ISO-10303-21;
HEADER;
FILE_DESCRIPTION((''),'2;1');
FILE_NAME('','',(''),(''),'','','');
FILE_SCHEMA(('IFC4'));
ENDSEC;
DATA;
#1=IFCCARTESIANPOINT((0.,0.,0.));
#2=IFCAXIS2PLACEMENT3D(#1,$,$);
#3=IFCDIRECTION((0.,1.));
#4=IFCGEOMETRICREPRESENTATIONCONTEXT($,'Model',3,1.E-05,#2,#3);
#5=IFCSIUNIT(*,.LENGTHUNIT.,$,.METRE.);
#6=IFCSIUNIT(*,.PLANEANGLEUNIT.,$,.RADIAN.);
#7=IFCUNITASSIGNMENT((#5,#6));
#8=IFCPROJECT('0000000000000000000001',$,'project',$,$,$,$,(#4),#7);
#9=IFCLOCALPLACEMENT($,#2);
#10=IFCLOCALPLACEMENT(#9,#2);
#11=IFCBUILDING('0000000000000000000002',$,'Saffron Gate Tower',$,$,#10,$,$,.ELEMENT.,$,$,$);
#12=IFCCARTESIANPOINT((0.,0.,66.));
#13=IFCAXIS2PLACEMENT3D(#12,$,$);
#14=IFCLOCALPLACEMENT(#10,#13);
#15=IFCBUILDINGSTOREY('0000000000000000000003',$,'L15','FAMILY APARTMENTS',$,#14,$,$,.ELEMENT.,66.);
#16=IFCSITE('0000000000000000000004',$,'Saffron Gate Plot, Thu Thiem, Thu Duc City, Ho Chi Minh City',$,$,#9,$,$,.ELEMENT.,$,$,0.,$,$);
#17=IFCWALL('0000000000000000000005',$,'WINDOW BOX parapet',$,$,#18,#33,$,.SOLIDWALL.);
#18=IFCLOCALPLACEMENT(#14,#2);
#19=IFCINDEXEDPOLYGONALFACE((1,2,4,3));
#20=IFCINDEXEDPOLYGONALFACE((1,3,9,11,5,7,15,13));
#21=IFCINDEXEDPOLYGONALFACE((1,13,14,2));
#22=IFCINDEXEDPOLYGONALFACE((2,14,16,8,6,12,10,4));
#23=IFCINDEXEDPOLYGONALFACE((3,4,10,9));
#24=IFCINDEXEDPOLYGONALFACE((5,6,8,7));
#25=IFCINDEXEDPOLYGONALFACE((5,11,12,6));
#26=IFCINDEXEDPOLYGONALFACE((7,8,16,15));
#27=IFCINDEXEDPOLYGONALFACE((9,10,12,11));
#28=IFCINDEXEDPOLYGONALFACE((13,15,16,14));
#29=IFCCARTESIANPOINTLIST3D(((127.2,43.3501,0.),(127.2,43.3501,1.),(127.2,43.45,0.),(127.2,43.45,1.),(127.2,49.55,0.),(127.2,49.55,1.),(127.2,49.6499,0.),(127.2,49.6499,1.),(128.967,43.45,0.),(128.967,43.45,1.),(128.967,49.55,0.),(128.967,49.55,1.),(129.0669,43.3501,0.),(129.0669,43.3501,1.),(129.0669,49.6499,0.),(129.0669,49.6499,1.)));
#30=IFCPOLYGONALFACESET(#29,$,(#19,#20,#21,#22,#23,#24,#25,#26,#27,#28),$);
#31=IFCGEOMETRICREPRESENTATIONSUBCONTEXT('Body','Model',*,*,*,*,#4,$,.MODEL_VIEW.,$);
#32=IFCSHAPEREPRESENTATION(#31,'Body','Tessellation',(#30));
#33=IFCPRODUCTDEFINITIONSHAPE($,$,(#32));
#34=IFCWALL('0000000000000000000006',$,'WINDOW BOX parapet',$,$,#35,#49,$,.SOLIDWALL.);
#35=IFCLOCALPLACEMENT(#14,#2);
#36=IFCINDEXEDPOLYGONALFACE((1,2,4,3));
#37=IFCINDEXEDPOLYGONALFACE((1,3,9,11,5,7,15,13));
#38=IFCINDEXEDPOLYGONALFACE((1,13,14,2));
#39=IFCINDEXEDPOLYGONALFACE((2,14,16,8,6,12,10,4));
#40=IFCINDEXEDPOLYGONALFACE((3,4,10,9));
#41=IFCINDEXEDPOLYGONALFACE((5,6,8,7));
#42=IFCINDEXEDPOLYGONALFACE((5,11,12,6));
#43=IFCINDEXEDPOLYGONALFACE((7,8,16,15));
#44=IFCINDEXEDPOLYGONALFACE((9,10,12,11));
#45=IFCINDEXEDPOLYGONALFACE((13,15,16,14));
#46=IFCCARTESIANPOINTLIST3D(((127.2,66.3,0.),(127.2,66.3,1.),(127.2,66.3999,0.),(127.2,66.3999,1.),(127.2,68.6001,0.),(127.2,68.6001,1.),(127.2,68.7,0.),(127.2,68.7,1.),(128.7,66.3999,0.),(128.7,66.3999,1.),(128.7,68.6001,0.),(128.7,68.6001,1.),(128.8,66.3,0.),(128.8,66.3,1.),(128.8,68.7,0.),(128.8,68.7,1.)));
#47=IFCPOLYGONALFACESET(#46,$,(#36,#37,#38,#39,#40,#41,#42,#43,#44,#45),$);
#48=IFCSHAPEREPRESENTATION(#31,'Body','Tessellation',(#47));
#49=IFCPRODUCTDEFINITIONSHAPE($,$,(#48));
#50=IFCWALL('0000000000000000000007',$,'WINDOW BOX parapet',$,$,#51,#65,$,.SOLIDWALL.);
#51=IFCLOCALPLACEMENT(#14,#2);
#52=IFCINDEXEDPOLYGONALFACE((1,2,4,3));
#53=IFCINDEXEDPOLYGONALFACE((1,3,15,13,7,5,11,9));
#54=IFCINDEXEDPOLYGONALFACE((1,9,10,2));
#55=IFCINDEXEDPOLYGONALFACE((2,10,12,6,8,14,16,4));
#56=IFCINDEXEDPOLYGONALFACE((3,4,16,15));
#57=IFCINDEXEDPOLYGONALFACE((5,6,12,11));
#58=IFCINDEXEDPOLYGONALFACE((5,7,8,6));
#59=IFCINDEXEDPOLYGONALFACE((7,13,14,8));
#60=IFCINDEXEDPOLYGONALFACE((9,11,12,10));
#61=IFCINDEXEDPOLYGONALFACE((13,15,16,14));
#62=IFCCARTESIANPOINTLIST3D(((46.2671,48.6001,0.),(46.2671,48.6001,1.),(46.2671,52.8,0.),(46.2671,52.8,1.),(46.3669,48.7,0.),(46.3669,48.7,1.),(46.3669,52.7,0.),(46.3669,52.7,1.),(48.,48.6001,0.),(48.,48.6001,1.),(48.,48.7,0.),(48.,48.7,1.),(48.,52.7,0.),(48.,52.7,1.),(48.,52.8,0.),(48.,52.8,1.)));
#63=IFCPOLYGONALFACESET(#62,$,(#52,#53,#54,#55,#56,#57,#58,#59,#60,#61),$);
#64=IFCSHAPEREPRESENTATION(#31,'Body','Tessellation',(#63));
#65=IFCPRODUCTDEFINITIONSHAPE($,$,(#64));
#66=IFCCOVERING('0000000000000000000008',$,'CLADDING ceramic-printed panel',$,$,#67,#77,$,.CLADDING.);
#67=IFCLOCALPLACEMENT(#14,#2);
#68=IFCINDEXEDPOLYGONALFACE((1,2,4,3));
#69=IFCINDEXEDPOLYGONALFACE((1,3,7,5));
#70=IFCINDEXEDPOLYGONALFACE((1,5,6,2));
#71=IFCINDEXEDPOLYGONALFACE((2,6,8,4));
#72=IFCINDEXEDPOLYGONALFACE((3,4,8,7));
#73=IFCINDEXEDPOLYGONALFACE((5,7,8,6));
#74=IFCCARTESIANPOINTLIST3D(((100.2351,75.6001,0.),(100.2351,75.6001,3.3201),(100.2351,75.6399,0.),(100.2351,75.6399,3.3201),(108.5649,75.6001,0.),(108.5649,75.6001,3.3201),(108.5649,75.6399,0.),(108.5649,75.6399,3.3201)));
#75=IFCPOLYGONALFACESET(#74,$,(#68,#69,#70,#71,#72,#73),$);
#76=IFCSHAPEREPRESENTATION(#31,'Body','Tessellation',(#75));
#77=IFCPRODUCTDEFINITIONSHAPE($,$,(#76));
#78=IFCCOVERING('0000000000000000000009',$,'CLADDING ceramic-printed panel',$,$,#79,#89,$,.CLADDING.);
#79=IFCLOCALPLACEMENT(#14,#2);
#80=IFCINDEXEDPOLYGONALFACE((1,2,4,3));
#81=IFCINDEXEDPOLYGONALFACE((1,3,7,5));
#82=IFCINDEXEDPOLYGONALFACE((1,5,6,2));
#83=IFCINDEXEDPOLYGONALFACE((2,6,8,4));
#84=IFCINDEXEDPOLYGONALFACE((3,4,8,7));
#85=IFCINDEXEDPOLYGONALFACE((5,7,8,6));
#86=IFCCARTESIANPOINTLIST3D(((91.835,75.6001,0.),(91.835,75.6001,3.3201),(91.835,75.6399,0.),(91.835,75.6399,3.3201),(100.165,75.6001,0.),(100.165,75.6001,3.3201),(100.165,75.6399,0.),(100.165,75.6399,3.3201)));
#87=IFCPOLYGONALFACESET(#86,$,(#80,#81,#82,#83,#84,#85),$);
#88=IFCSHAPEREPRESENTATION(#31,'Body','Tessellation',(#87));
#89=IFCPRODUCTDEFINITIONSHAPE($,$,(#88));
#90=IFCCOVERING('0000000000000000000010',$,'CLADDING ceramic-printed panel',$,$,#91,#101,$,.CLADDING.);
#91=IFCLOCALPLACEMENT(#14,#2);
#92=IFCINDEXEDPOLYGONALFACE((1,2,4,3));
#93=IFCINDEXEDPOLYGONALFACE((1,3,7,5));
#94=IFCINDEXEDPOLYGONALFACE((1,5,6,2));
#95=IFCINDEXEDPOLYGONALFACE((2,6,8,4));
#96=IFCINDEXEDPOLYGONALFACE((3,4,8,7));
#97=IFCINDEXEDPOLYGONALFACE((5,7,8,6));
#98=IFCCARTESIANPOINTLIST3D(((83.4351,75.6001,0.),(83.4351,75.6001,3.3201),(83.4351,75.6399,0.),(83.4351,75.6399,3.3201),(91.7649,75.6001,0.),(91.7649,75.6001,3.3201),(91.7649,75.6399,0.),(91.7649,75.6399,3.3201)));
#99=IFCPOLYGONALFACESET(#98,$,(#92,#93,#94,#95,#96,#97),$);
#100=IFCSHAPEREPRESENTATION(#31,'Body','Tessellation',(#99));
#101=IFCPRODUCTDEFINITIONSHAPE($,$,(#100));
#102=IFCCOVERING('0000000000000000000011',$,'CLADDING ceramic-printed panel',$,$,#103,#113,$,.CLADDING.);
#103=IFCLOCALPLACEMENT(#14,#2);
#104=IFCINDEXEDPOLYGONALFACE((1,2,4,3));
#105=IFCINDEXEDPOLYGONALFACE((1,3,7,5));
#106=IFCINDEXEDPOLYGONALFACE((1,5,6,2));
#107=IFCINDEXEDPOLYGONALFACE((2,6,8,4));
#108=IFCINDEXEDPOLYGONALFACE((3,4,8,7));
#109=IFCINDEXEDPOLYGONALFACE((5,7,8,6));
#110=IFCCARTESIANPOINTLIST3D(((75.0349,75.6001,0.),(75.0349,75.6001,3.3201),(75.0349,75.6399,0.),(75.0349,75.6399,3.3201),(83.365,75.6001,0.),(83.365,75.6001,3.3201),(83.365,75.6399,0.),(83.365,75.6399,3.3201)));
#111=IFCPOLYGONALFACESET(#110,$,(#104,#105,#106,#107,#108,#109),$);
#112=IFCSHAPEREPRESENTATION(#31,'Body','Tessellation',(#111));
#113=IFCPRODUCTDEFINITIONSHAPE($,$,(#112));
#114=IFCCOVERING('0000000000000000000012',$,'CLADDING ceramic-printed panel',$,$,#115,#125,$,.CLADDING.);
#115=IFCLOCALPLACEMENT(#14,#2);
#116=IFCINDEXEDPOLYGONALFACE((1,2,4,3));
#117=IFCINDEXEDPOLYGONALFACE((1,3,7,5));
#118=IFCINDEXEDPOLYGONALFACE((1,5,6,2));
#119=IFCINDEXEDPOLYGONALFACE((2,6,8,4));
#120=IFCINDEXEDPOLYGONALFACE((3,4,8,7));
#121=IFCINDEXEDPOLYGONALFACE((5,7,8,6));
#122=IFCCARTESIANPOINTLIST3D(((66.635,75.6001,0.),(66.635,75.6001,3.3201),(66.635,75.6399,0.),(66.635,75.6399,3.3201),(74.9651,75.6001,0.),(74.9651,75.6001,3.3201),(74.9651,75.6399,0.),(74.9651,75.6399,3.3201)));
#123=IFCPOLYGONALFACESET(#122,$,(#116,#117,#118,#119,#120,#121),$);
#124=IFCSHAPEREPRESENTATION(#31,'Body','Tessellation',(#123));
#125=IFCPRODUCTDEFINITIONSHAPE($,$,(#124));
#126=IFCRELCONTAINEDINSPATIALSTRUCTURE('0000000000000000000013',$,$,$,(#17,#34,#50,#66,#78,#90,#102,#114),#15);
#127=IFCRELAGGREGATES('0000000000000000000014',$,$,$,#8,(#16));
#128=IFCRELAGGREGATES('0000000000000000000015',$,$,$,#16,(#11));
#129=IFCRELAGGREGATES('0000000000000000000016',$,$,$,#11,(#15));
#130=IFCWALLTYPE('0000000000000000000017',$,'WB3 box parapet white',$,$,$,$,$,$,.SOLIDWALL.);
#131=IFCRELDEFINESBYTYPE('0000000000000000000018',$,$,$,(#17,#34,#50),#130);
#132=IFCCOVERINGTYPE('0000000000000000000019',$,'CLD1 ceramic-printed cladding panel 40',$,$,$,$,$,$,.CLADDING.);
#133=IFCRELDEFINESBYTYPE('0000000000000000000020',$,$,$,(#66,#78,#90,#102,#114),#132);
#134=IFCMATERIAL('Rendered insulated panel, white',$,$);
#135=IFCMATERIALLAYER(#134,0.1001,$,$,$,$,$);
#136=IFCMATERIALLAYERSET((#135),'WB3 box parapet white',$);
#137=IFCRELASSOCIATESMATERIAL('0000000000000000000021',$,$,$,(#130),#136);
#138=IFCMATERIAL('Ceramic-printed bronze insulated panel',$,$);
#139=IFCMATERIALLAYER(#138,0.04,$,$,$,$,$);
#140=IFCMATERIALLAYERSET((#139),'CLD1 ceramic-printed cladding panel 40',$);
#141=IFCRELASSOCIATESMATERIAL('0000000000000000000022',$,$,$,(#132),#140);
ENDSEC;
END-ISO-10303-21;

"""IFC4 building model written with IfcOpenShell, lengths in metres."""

from ifc_helpers import new_model, si_unit, direction, frame, origin, place, context, subcontext, project, spatial, polyline, outline, extrude, material, layer, layer_set, type_object, element, save


model = new_model("IFC4")

# Units and contexts
model_context = context("Model", 3, precision=1e-05, world=origin(), true_north=direction((0.0, 1.0)))
body_context = subcontext(model_context, "Body", "Model", "MODEL_VIEW")
ifc_project = project(units=[si_unit("LENGTHUNIT", "METRE"), si_unit("PLANEANGLEUNIT", "RADIAN")], contexts=[model_context])

# Site, building, storey
site_placement = place(None, origin())
site = spatial("IfcSite", under=ifc_project, at=site_placement, Name="Saffron Gate Plot, Thu Thiem, Thu Duc City, Ho Chi Minh City", CompositionType="ELEMENT", RefElevation=0.0)
building_placement = place(site_placement, origin())
building = spatial("IfcBuilding", under=site, at=building_placement, Name="Saffron Gate Tower", CompositionType="ELEMENT")
storey_placement = place(building_placement, frame((0.0, 0.0, 66.0)))
storey = spatial("IfcBuildingStorey", under=building, at=storey_placement, Name="L15", Description="FAMILY APARTMENTS", CompositionType="ELEMENT", Elevation=66.0)

# Walls
ifc_material_1 = material(Name="Rendered insulated panel, white")
ifc_layer_1 = layer(ifc_material_1, 0.1001)
ifc_layer_set_1 = layer_set([ifc_layer_1], Name="WB3 box parapet white")
wall_type = type_object("IfcWallType", Name="WB3 box parapet white", PredefinedType="SOLIDWALL", material=ifc_layer_set_1)
wall_1_placement = place(storey_placement, origin())
element("IfcWall", 1, at=wall_1_placement, inside=storey, type_object=wall_type, Name="WINDOW BOX parapet", PredefinedType="SOLIDWALL", context=body_context, shape_type="SweptSolid", body=[
    extrude(outline(polyline([(127.2, 43.3501), (127.2, 43.45), (128.967, 43.45), (128.967, 49.55), (127.2, 49.55), (127.2, 49.6499), (129.0669, 49.6499), (129.0669, 43.3501), (127.2, 43.3501)])), origin(), (0.0, 0.0, 1.0), 1.0),
])
wall_2_placement = place(storey_placement, origin())
element("IfcWall", 2, at=wall_2_placement, inside=storey, type_object=wall_type, Name="WINDOW BOX parapet", PredefinedType="SOLIDWALL", context=body_context, shape_type="SweptSolid", body=[
    extrude(outline(polyline([(127.2, 66.3), (127.2, 66.3999), (128.7, 66.3999), (128.7, 68.6001), (127.2, 68.6001), (127.2, 68.7), (128.8, 68.7), (128.8, 66.3), (127.2, 66.3)])), origin(), (0.0, 0.0, 1.0), 1.0),
])
wall_3_placement = place(storey_placement, origin())
element("IfcWall", 3, at=wall_3_placement, inside=storey, type_object=wall_type, Name="WINDOW BOX parapet", PredefinedType="SOLIDWALL", context=body_context, shape_type="SweptSolid", body=[
    extrude(outline(polyline([(48.0, 52.8), (48.0, 52.7), (46.3669, 52.7), (46.3669, 48.7), (48.0, 48.7), (48.0, 48.6001), (46.2671, 48.6001), (46.2671, 52.8), (48.0, 52.8)])), origin(), (0.0, 0.0, 1.0), 1.0),
])

# Coverings
ifc_material_2 = material(Name="Ceramic-printed bronze insulated panel")
ifc_layer_2 = layer(ifc_material_2, 0.04)
ifc_layer_set_2 = layer_set([ifc_layer_2], Name="CLD1 ceramic-printed cladding panel 40")
covering_type = type_object("IfcCoveringType", Name="CLD1 ceramic-printed cladding panel 40", PredefinedType="CLADDING", material=ifc_layer_set_2)
covering_1_placement = place(storey_placement, origin())
element("IfcCovering", 4, at=covering_1_placement, inside=storey, type_object=covering_type, Name="CLADDING ceramic-printed panel", PredefinedType="CLADDING", context=body_context, shape_type="SweptSolid", body=[
    extrude(outline(polyline([(108.5649, 75.6399), (100.2351, 75.6399), (100.2351, 75.6001), (108.5649, 75.6001), (108.5649, 75.6399)])), origin(), (0.0, 0.0, 1.0), 3.3201),
])
covering_2_placement = place(storey_placement, origin())
element("IfcCovering", 5, at=covering_2_placement, inside=storey, type_object=covering_type, Name="CLADDING ceramic-printed panel", PredefinedType="CLADDING", context=body_context, shape_type="SweptSolid", body=[
    extrude(outline(polyline([(100.165, 75.6399), (91.835, 75.6399), (91.835, 75.6001), (100.165, 75.6001), (100.165, 75.6399)])), origin(), (0.0, 0.0, 1.0), 3.3201),
])
covering_3_placement = place(storey_placement, origin())
element("IfcCovering", 6, at=covering_3_placement, inside=storey, type_object=covering_type, Name="CLADDING ceramic-printed panel", PredefinedType="CLADDING", context=body_context, shape_type="SweptSolid", body=[
    extrude(outline(polyline([(91.7649, 75.6399), (83.4351, 75.6399), (83.4351, 75.6001), (91.7649, 75.6001), (91.7649, 75.6399)])), origin(), (0.0, 0.0, 1.0), 3.3201),
])
covering_4_placement = place(storey_placement, origin())
element("IfcCovering", 7, at=covering_4_placement, inside=storey, type_object=covering_type, Name="CLADDING ceramic-printed panel", PredefinedType="CLADDING", context=body_context, shape_type="SweptSolid", body=[
    extrude(outline(polyline([(83.365, 75.6399), (75.0349, 75.6399), (75.0349, 75.6001), (83.365, 75.6001), (83.365, 75.6399)])), origin(), (0.0, 0.0, 1.0), 3.3201),
])
covering_5_placement = place(storey_placement, origin())
element("IfcCovering", 8, at=covering_5_placement, inside=storey, type_object=covering_type, Name="CLADDING ceramic-printed panel", PredefinedType="CLADDING", context=body_context, shape_type="SweptSolid", body=[
    extrude(outline(polyline([(74.9651, 75.6399), (66.635, 75.6399), (66.635, 75.6001), (74.9651, 75.6001), (74.9651, 75.6399)])), origin(), (0.0, 0.0, 1.0), 3.3201),
])

save(model, "model.ifc")
